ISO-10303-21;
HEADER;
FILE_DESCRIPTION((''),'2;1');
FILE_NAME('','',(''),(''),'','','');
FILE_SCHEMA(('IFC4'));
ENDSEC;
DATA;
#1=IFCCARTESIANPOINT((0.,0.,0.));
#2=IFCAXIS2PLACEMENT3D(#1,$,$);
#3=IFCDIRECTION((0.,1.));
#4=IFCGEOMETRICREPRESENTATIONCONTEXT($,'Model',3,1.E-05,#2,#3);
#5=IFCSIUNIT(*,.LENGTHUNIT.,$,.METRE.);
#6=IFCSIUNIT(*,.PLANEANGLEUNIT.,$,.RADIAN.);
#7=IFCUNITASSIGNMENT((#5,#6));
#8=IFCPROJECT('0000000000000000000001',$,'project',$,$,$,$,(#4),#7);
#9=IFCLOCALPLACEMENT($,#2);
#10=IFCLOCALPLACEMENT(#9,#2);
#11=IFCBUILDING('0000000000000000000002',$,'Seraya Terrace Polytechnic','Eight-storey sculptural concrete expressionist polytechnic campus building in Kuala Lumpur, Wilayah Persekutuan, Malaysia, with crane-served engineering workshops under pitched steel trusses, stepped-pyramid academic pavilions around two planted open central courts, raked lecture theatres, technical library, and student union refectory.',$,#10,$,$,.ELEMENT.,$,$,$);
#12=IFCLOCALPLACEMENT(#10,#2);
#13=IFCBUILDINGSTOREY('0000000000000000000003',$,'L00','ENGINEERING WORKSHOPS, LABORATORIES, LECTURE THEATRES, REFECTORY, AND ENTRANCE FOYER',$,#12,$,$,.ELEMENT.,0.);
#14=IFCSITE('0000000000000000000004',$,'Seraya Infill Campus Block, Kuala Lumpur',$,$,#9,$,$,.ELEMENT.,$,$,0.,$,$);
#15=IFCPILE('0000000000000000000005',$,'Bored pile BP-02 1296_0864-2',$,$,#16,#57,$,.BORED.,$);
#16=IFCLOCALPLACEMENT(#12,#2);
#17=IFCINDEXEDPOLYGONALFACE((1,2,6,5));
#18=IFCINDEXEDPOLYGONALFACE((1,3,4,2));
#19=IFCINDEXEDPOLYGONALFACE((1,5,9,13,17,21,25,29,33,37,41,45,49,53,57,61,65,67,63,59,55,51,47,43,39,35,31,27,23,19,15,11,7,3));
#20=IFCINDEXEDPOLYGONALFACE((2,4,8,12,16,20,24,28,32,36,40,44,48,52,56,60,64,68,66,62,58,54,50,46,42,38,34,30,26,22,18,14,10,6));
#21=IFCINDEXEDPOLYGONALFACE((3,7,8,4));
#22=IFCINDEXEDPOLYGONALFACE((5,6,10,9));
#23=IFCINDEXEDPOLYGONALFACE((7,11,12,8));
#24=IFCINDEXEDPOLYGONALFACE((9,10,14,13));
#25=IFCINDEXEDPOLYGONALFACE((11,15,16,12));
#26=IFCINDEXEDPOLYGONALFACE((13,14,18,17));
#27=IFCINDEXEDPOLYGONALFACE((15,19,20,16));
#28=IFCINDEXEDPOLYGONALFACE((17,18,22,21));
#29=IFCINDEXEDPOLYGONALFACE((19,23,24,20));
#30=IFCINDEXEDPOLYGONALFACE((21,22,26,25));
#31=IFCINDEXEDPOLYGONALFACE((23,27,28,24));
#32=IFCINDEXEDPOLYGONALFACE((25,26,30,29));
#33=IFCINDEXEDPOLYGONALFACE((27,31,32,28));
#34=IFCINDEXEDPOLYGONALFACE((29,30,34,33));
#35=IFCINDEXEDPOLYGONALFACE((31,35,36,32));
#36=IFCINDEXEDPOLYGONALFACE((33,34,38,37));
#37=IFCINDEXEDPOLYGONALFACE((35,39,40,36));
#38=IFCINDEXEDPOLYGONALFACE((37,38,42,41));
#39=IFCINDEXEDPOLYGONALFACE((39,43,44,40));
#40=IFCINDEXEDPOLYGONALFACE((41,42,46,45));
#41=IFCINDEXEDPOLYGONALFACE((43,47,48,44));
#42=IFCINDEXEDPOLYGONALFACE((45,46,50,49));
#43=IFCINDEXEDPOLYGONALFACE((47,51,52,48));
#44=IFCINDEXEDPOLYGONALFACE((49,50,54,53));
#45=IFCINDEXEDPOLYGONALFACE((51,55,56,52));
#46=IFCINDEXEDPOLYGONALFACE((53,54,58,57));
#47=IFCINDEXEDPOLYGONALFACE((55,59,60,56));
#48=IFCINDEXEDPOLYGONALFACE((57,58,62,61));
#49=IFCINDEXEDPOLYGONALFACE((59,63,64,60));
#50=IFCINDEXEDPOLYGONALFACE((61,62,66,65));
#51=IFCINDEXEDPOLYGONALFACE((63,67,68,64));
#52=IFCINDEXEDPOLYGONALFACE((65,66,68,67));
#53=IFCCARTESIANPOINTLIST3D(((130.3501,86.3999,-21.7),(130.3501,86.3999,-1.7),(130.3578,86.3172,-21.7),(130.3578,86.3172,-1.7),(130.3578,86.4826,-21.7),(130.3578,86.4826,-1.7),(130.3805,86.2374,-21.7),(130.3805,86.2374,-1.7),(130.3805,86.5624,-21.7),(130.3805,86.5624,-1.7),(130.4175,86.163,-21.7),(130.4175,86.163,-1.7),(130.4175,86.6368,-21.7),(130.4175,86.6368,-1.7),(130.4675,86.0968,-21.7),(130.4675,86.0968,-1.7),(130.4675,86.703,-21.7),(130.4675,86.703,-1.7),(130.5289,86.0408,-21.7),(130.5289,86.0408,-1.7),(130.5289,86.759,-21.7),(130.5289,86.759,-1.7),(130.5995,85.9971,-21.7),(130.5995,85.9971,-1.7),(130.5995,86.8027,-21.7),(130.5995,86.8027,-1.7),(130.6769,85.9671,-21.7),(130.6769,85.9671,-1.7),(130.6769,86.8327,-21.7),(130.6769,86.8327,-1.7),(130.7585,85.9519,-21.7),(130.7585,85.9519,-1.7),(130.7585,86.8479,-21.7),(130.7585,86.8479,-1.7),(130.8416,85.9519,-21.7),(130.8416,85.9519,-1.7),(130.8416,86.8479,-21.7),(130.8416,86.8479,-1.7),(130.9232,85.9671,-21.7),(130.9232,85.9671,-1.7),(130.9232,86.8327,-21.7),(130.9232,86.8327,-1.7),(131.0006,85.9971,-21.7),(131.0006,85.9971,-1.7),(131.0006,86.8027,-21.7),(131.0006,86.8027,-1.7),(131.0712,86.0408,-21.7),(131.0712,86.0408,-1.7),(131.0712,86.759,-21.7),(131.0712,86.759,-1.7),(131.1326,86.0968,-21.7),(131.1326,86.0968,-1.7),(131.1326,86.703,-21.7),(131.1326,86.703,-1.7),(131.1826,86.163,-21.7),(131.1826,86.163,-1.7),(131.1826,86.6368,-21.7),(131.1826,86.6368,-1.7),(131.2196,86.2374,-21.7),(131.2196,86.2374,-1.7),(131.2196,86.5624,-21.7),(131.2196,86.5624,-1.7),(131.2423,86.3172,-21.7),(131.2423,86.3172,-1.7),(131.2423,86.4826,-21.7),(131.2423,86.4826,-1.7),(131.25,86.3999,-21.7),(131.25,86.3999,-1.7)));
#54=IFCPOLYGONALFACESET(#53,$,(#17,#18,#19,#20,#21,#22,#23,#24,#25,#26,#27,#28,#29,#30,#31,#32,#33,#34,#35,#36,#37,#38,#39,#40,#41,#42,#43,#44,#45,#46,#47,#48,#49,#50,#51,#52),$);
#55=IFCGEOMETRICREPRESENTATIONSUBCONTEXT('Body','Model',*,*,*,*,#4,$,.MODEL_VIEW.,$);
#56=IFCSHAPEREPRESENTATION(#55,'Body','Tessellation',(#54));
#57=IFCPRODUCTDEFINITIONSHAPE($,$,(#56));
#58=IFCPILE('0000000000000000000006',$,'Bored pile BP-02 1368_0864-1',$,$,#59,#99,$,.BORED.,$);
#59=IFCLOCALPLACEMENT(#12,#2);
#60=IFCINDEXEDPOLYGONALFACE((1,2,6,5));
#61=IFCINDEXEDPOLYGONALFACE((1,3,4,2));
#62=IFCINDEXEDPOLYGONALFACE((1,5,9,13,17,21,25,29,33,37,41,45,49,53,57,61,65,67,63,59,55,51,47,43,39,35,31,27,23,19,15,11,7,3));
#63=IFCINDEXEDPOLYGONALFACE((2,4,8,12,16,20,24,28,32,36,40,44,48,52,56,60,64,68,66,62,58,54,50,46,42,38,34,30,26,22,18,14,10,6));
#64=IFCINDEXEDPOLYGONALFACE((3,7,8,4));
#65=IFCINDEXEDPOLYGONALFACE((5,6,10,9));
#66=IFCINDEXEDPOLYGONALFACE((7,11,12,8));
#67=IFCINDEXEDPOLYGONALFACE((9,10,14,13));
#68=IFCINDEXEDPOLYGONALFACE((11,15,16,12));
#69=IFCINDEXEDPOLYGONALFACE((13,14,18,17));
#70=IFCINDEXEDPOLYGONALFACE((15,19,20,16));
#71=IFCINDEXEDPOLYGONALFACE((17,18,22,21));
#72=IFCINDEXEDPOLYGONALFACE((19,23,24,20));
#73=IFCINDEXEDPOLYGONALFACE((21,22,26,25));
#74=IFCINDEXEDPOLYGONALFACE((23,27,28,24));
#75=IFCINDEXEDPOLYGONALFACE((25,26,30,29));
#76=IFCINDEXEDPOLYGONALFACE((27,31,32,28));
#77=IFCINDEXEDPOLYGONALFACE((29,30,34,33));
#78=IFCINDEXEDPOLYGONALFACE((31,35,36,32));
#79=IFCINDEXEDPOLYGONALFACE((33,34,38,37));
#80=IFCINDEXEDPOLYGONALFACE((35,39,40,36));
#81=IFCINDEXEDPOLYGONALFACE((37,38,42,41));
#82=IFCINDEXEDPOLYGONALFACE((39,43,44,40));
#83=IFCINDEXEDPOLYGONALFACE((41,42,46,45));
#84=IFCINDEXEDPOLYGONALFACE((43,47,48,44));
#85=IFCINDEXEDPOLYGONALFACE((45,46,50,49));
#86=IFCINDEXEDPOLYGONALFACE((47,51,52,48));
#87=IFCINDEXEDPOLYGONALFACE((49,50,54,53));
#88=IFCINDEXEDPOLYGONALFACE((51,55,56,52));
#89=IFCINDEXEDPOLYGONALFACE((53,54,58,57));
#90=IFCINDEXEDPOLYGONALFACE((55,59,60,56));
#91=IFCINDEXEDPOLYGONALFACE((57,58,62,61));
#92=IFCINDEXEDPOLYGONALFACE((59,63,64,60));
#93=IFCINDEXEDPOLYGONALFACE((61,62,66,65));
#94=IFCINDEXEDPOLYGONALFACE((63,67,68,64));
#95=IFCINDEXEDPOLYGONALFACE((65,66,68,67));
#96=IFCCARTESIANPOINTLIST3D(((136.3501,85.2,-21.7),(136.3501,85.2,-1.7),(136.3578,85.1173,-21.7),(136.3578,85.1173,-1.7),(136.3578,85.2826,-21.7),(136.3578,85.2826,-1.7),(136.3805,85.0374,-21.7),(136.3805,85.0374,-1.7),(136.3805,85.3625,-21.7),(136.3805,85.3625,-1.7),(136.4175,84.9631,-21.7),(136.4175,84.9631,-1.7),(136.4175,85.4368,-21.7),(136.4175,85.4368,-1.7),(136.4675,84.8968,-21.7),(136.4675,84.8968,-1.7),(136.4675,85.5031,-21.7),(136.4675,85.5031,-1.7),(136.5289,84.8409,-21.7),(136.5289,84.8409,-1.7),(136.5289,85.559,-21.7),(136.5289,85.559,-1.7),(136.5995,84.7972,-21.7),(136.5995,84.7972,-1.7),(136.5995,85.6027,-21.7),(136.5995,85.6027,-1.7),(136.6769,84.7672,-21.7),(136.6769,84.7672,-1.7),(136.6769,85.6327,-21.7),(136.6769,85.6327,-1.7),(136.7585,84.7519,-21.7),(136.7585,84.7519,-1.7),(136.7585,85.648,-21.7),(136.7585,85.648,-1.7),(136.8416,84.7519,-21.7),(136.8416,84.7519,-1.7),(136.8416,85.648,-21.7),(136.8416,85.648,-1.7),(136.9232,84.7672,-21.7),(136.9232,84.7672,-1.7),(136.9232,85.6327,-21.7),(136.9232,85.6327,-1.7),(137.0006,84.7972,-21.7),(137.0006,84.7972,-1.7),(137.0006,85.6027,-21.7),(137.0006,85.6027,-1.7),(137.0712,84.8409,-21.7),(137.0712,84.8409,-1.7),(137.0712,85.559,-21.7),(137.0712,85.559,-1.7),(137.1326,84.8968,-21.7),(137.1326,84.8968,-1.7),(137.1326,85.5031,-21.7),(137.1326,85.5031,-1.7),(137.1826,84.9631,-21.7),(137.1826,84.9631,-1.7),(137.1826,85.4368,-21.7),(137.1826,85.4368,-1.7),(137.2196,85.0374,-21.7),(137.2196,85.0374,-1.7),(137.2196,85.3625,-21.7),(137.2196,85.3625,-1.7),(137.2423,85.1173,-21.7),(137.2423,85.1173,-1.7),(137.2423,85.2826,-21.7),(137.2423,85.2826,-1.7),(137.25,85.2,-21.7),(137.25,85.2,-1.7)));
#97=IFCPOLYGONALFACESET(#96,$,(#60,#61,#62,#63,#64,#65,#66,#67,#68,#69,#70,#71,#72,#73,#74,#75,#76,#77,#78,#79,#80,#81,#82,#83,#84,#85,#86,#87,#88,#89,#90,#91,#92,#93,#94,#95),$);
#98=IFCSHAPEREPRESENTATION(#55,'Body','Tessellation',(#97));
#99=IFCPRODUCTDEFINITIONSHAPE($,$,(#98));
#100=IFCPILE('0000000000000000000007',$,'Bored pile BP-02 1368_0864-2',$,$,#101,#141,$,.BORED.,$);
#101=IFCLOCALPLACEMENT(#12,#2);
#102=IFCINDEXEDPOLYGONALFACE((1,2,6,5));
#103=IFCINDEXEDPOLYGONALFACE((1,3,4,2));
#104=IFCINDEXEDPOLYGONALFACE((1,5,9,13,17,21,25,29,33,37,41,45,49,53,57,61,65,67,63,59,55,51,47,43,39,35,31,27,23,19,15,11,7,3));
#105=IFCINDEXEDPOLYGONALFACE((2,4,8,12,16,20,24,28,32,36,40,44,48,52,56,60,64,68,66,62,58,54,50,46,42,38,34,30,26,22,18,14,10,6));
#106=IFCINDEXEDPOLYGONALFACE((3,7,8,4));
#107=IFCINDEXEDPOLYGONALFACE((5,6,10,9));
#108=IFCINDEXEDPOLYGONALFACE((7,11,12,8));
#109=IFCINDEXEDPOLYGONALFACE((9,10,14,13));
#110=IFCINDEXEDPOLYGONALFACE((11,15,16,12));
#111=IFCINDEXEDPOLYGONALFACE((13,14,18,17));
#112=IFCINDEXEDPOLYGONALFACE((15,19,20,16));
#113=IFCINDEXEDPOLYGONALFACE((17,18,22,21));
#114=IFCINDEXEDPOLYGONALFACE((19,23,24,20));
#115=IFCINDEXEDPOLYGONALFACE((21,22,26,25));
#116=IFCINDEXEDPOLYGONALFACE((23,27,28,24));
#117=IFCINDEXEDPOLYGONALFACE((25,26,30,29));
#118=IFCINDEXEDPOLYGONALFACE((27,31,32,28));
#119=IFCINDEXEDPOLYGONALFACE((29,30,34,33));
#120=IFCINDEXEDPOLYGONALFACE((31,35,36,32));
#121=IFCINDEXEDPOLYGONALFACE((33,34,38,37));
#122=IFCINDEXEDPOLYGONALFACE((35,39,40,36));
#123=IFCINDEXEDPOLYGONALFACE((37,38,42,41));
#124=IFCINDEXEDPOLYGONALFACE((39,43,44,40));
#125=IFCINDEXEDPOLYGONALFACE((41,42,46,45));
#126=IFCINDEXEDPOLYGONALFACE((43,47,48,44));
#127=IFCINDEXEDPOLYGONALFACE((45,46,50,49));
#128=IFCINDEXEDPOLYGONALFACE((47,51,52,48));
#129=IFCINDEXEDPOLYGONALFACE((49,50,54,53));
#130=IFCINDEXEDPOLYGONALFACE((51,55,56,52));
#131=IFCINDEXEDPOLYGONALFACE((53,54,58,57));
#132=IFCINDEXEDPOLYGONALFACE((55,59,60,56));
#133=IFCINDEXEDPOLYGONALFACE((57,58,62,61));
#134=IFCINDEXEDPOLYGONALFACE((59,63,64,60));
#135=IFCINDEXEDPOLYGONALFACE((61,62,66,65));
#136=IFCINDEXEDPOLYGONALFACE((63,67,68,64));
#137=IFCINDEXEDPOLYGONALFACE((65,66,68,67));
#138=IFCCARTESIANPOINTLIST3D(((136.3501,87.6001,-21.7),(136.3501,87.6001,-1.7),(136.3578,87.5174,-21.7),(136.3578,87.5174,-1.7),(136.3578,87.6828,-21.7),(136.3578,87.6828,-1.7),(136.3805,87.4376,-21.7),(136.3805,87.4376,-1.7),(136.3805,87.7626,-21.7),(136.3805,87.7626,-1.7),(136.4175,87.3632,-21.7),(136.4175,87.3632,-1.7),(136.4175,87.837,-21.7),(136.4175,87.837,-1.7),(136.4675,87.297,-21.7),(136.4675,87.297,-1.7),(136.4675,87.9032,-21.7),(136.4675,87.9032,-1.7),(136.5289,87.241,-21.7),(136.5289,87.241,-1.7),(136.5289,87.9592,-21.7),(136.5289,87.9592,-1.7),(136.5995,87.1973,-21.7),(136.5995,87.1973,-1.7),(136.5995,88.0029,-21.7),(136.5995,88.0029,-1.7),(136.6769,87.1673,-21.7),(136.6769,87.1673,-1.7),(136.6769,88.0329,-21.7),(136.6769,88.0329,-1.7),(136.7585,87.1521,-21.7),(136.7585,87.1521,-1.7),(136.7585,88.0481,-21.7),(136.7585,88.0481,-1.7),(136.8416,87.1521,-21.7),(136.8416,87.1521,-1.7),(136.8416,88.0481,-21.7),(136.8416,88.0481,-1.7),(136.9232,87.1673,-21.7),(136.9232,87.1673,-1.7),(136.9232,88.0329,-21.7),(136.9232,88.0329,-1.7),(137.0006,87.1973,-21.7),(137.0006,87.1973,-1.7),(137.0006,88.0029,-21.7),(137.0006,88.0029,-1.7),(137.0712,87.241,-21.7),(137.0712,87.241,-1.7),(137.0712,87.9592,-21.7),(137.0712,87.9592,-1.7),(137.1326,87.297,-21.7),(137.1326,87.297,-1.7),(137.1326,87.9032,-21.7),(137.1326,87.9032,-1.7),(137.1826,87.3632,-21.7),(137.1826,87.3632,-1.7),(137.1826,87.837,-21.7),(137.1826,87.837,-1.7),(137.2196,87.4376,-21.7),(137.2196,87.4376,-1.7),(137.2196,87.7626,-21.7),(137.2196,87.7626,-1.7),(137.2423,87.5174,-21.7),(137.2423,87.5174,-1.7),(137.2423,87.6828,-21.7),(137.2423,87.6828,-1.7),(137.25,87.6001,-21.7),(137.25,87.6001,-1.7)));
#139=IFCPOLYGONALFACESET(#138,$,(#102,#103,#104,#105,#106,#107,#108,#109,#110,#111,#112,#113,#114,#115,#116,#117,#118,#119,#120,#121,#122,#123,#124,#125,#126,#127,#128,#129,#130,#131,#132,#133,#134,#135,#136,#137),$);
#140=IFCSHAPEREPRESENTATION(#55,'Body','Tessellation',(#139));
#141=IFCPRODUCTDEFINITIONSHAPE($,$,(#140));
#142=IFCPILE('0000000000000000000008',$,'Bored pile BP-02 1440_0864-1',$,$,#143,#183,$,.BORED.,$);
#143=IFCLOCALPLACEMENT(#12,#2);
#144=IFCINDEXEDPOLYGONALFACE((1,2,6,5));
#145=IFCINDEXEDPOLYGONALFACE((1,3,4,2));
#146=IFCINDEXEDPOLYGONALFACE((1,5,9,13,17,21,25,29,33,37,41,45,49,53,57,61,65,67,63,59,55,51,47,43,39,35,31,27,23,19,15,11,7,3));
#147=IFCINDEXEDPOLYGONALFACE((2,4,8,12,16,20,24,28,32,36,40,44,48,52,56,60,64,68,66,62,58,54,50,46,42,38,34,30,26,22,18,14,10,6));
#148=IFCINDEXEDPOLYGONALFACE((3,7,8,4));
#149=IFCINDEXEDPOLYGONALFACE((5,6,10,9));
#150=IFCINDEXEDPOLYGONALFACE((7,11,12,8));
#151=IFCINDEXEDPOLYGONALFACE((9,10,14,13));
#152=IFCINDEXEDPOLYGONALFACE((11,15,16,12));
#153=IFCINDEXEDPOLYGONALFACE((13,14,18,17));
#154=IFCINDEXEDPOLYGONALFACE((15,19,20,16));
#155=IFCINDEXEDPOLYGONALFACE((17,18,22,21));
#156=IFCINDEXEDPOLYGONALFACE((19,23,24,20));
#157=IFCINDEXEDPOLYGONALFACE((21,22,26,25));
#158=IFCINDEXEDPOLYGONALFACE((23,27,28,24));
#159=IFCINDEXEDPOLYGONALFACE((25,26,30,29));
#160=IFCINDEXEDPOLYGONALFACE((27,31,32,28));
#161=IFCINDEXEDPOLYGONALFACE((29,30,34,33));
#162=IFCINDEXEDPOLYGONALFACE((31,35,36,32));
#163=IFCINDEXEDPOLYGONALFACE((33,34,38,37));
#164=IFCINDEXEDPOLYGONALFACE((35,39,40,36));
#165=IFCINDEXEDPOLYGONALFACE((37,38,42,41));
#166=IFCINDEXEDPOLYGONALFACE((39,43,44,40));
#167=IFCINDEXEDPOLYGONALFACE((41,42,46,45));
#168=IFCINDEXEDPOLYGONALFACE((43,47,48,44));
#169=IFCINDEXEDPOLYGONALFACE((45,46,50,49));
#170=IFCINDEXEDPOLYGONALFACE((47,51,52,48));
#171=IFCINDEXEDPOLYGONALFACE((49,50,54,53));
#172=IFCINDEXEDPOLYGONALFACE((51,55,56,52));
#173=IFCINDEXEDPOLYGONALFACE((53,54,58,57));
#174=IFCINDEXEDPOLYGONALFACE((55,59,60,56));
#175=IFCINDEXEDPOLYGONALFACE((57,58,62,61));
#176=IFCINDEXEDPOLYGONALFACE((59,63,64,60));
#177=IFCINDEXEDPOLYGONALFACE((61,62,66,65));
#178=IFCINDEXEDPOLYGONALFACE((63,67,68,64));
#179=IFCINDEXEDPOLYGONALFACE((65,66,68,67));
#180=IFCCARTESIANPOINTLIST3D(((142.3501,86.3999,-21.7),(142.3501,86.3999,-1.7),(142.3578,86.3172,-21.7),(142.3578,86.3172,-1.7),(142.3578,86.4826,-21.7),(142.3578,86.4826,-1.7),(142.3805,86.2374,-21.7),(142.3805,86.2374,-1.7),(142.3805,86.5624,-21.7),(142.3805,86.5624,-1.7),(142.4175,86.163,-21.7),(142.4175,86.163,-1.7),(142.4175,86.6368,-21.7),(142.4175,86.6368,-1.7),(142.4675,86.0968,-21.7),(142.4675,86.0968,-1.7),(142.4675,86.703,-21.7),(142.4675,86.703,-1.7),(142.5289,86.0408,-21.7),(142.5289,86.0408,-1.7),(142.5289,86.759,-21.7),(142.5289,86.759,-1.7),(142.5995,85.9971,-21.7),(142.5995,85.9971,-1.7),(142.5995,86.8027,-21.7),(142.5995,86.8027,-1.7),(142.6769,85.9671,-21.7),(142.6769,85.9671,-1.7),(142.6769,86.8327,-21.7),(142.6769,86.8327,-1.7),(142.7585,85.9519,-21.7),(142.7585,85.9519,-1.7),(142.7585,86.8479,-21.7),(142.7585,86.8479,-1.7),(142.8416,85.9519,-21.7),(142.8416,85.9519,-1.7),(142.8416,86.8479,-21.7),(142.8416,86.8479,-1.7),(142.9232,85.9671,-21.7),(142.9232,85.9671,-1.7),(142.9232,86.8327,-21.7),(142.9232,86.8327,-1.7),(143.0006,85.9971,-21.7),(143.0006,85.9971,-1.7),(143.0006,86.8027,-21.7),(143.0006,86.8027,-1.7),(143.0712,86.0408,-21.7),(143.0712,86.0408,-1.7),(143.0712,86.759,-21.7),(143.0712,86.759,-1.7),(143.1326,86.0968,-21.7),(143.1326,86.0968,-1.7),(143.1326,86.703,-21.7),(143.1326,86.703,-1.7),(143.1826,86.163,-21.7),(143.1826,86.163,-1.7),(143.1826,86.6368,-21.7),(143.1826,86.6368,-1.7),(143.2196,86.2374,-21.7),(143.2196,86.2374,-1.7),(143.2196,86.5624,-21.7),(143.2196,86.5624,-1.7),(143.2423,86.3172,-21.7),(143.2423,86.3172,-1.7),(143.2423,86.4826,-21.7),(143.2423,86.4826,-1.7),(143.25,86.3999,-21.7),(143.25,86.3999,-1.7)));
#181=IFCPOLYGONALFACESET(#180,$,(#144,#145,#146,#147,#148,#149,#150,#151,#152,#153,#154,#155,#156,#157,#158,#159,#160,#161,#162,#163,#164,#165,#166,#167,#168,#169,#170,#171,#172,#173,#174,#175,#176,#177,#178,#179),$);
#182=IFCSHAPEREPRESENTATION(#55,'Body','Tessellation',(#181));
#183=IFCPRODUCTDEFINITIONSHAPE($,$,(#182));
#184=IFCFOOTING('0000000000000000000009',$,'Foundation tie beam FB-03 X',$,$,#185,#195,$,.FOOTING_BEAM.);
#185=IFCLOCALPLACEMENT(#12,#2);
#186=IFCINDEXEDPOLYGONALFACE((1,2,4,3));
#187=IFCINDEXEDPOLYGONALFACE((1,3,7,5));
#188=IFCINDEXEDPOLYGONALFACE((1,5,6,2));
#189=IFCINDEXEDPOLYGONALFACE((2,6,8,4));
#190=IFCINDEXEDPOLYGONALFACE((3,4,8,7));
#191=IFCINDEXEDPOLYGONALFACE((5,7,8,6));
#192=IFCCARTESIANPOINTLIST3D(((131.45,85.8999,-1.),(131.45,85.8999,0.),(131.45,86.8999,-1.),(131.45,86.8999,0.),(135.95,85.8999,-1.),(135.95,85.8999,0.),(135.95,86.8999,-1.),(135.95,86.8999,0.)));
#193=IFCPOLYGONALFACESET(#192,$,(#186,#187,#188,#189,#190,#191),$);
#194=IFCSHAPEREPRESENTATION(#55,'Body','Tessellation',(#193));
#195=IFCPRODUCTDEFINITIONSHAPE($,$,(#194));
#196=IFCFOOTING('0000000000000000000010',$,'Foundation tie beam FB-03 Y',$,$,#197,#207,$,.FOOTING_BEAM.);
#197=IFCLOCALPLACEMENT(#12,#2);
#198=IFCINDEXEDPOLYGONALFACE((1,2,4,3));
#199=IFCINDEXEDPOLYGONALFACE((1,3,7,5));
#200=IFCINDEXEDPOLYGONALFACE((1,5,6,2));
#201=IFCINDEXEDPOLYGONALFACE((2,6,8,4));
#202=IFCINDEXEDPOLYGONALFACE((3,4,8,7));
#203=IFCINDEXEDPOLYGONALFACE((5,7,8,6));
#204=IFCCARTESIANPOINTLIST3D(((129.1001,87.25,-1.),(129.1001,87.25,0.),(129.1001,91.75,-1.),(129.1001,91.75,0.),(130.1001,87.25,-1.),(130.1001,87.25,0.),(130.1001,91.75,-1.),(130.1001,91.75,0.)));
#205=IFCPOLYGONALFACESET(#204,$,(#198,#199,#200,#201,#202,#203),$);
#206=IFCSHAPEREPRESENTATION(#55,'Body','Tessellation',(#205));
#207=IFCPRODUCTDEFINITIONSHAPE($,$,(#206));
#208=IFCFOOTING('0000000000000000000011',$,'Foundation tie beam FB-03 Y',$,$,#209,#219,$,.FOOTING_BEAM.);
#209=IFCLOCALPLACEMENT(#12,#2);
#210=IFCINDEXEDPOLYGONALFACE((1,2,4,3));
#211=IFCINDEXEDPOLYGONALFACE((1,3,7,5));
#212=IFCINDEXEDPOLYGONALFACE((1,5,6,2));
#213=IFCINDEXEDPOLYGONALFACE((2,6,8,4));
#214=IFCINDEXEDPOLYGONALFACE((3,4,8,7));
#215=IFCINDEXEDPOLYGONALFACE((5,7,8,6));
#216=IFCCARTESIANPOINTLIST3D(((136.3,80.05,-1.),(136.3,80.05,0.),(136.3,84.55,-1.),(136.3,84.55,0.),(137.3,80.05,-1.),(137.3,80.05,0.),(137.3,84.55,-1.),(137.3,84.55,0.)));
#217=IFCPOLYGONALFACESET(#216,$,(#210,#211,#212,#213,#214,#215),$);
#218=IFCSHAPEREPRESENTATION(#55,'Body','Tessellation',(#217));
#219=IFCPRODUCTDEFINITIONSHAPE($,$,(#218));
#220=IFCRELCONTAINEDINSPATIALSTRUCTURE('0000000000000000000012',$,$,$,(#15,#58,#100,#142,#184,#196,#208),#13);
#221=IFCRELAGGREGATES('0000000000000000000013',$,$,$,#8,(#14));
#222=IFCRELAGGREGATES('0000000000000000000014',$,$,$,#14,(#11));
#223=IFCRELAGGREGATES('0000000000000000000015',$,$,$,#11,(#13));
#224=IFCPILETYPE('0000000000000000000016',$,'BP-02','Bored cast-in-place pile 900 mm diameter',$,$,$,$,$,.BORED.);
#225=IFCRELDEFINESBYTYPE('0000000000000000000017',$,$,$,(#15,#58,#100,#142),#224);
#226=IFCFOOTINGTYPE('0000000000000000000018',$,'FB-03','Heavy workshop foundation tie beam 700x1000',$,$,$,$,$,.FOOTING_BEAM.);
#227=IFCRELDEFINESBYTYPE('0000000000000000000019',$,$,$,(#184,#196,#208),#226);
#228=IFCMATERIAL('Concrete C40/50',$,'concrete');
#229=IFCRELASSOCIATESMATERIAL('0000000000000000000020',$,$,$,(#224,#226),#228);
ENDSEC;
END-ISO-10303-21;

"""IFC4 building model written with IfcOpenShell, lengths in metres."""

from ifc_helpers import new_model, si_unit, direction, frame, origin, origin_2d, place, context, subcontext, project, spatial, rectangle, circle, extrude, material, material_profile, profile_set, type_object, element, save


model = new_model("IFC4")

# Units and contexts
model_context = context("Model", 3, precision=1e-05, world=origin(), true_north=direction((0.0, 1.0)))
body_context = subcontext(model_context, "Body", "Model", "MODEL_VIEW")
ifc_project = project(units=[si_unit("LENGTHUNIT", "METRE"), si_unit("PLANEANGLEUNIT", "RADIAN")], contexts=[model_context])

# Site, building, storey
site_placement = place(None, origin())
site = spatial("IfcSite", under=ifc_project, at=site_placement, Name="Seraya Infill Campus Block, Kuala Lumpur", CompositionType="ELEMENT", RefElevation=0.0)
building_placement = place(site_placement, origin())
building = spatial("IfcBuilding", under=site, at=building_placement, Name="Seraya Terrace Polytechnic", Description="Eight-storey sculptural concrete expressionist polytechnic campus building in Kuala Lumpur, Wilayah Persekutuan, Malaysia, with crane-served engineering workshops under pitched steel trusses, stepped-pyramid academic pavilions around two planted open central courts, raked lecture theatres, technical library, and student union refectory.", CompositionType="ELEMENT")
storey_placement = place(building_placement, origin())
storey = spatial("IfcBuildingStorey", under=building, at=storey_placement, Name="L00", Description="ENGINEERING WORKSHOPS, LABORATORIES, LECTURE THEATRES, REFECTORY, AND ENTRANCE FOYER", CompositionType="ELEMENT", Elevation=0.0)

# Piles
ifc_material_1 = material(Name="Concrete C40/50", Category="concrete")
ifc_material_profile_1 = material_profile(ifc_material_1, circle(Radius=0.45, at=origin_2d()), Name="DIA 900")
ifc_profile_set_1 = profile_set([ifc_material_profile_1], Name="Concrete C40/50")
pile_type = type_object("IfcPileType", Name="BP-02", Description="Bored cast-in-place pile 900 mm diameter", PredefinedType="BORED", material=ifc_profile_set_1)
for number, where, z_axis, x_axis, name in (
    (1, (130.8, 86.3999, -1.7), (0.0, 0.0, -1.0), (1.0, 0.0, 0.0), "Bored pile BP-02 1296_0864-2"),
    (2, (136.8, 85.2, -1.7), (0.0, 0.0, -1.0), (1.0, 0.0, 0.0), "Bored pile BP-02 1368_0864-1"),
    (3, (136.8, 87.6001, -1.7), (0.0, 0.0, -1.0), (1.0, 0.0, 0.0), "Bored pile BP-02 1368_0864-2"),
    (4, (142.8, 86.3999, -1.7), (0.0, 0.0, -1.0), (1.0, 0.0, 0.0), "Bored pile BP-02 1440_0864-1"),
):
    element("IfcPile", number, at=place(storey_placement, frame(where, z_axis=z_axis, x_axis=x_axis)), inside=storey, type_object=pile_type, Name=name, PredefinedType="BORED", context=body_context, shape_type="SweptSolid", body=[
        extrude(circle(Radius=0.45, at=origin_2d()), origin(), (0.0, 0.0, 1.0), 20.0),
    ])

# Footings
footing_type_1 = type_object("IfcFootingType", Name="FB-03", Description="Heavy workshop foundation tie beam 700x1000", PredefinedType="FOOTING_BEAM", material=ifc_material_1)
for number, where, z_axis, x_axis, name in (
    (5, (133.7, 86.3999, -1.0), (0.0, 0.0, 1.0), (1.0, 0.0, 0.0), "Foundation tie beam FB-03 X"),
    (6, (129.6001, 89.5, -1.0), (0.0, 0.0, 1.0), (0.0, 1.0, 0.0), "Foundation tie beam FB-03 Y"),
    (7, (136.8, 82.3, -1.0), (0.0, 0.0, 1.0), (0.0, 1.0, 0.0), "Foundation tie beam FB-03 Y"),
):
    element("IfcFooting", number, at=place(storey_placement, frame(where, z_axis=z_axis, x_axis=x_axis)), inside=storey, type_object=footing_type_1, Name=name, PredefinedType="FOOTING_BEAM", context=body_context, shape_type="SweptSolid", body=[
        extrude(rectangle(XDim=4.5, YDim=1.0, at=origin_2d()), origin(), (0.0, 0.0, 1.0), 1.0),
    ])

save(model, "model.ifc")
